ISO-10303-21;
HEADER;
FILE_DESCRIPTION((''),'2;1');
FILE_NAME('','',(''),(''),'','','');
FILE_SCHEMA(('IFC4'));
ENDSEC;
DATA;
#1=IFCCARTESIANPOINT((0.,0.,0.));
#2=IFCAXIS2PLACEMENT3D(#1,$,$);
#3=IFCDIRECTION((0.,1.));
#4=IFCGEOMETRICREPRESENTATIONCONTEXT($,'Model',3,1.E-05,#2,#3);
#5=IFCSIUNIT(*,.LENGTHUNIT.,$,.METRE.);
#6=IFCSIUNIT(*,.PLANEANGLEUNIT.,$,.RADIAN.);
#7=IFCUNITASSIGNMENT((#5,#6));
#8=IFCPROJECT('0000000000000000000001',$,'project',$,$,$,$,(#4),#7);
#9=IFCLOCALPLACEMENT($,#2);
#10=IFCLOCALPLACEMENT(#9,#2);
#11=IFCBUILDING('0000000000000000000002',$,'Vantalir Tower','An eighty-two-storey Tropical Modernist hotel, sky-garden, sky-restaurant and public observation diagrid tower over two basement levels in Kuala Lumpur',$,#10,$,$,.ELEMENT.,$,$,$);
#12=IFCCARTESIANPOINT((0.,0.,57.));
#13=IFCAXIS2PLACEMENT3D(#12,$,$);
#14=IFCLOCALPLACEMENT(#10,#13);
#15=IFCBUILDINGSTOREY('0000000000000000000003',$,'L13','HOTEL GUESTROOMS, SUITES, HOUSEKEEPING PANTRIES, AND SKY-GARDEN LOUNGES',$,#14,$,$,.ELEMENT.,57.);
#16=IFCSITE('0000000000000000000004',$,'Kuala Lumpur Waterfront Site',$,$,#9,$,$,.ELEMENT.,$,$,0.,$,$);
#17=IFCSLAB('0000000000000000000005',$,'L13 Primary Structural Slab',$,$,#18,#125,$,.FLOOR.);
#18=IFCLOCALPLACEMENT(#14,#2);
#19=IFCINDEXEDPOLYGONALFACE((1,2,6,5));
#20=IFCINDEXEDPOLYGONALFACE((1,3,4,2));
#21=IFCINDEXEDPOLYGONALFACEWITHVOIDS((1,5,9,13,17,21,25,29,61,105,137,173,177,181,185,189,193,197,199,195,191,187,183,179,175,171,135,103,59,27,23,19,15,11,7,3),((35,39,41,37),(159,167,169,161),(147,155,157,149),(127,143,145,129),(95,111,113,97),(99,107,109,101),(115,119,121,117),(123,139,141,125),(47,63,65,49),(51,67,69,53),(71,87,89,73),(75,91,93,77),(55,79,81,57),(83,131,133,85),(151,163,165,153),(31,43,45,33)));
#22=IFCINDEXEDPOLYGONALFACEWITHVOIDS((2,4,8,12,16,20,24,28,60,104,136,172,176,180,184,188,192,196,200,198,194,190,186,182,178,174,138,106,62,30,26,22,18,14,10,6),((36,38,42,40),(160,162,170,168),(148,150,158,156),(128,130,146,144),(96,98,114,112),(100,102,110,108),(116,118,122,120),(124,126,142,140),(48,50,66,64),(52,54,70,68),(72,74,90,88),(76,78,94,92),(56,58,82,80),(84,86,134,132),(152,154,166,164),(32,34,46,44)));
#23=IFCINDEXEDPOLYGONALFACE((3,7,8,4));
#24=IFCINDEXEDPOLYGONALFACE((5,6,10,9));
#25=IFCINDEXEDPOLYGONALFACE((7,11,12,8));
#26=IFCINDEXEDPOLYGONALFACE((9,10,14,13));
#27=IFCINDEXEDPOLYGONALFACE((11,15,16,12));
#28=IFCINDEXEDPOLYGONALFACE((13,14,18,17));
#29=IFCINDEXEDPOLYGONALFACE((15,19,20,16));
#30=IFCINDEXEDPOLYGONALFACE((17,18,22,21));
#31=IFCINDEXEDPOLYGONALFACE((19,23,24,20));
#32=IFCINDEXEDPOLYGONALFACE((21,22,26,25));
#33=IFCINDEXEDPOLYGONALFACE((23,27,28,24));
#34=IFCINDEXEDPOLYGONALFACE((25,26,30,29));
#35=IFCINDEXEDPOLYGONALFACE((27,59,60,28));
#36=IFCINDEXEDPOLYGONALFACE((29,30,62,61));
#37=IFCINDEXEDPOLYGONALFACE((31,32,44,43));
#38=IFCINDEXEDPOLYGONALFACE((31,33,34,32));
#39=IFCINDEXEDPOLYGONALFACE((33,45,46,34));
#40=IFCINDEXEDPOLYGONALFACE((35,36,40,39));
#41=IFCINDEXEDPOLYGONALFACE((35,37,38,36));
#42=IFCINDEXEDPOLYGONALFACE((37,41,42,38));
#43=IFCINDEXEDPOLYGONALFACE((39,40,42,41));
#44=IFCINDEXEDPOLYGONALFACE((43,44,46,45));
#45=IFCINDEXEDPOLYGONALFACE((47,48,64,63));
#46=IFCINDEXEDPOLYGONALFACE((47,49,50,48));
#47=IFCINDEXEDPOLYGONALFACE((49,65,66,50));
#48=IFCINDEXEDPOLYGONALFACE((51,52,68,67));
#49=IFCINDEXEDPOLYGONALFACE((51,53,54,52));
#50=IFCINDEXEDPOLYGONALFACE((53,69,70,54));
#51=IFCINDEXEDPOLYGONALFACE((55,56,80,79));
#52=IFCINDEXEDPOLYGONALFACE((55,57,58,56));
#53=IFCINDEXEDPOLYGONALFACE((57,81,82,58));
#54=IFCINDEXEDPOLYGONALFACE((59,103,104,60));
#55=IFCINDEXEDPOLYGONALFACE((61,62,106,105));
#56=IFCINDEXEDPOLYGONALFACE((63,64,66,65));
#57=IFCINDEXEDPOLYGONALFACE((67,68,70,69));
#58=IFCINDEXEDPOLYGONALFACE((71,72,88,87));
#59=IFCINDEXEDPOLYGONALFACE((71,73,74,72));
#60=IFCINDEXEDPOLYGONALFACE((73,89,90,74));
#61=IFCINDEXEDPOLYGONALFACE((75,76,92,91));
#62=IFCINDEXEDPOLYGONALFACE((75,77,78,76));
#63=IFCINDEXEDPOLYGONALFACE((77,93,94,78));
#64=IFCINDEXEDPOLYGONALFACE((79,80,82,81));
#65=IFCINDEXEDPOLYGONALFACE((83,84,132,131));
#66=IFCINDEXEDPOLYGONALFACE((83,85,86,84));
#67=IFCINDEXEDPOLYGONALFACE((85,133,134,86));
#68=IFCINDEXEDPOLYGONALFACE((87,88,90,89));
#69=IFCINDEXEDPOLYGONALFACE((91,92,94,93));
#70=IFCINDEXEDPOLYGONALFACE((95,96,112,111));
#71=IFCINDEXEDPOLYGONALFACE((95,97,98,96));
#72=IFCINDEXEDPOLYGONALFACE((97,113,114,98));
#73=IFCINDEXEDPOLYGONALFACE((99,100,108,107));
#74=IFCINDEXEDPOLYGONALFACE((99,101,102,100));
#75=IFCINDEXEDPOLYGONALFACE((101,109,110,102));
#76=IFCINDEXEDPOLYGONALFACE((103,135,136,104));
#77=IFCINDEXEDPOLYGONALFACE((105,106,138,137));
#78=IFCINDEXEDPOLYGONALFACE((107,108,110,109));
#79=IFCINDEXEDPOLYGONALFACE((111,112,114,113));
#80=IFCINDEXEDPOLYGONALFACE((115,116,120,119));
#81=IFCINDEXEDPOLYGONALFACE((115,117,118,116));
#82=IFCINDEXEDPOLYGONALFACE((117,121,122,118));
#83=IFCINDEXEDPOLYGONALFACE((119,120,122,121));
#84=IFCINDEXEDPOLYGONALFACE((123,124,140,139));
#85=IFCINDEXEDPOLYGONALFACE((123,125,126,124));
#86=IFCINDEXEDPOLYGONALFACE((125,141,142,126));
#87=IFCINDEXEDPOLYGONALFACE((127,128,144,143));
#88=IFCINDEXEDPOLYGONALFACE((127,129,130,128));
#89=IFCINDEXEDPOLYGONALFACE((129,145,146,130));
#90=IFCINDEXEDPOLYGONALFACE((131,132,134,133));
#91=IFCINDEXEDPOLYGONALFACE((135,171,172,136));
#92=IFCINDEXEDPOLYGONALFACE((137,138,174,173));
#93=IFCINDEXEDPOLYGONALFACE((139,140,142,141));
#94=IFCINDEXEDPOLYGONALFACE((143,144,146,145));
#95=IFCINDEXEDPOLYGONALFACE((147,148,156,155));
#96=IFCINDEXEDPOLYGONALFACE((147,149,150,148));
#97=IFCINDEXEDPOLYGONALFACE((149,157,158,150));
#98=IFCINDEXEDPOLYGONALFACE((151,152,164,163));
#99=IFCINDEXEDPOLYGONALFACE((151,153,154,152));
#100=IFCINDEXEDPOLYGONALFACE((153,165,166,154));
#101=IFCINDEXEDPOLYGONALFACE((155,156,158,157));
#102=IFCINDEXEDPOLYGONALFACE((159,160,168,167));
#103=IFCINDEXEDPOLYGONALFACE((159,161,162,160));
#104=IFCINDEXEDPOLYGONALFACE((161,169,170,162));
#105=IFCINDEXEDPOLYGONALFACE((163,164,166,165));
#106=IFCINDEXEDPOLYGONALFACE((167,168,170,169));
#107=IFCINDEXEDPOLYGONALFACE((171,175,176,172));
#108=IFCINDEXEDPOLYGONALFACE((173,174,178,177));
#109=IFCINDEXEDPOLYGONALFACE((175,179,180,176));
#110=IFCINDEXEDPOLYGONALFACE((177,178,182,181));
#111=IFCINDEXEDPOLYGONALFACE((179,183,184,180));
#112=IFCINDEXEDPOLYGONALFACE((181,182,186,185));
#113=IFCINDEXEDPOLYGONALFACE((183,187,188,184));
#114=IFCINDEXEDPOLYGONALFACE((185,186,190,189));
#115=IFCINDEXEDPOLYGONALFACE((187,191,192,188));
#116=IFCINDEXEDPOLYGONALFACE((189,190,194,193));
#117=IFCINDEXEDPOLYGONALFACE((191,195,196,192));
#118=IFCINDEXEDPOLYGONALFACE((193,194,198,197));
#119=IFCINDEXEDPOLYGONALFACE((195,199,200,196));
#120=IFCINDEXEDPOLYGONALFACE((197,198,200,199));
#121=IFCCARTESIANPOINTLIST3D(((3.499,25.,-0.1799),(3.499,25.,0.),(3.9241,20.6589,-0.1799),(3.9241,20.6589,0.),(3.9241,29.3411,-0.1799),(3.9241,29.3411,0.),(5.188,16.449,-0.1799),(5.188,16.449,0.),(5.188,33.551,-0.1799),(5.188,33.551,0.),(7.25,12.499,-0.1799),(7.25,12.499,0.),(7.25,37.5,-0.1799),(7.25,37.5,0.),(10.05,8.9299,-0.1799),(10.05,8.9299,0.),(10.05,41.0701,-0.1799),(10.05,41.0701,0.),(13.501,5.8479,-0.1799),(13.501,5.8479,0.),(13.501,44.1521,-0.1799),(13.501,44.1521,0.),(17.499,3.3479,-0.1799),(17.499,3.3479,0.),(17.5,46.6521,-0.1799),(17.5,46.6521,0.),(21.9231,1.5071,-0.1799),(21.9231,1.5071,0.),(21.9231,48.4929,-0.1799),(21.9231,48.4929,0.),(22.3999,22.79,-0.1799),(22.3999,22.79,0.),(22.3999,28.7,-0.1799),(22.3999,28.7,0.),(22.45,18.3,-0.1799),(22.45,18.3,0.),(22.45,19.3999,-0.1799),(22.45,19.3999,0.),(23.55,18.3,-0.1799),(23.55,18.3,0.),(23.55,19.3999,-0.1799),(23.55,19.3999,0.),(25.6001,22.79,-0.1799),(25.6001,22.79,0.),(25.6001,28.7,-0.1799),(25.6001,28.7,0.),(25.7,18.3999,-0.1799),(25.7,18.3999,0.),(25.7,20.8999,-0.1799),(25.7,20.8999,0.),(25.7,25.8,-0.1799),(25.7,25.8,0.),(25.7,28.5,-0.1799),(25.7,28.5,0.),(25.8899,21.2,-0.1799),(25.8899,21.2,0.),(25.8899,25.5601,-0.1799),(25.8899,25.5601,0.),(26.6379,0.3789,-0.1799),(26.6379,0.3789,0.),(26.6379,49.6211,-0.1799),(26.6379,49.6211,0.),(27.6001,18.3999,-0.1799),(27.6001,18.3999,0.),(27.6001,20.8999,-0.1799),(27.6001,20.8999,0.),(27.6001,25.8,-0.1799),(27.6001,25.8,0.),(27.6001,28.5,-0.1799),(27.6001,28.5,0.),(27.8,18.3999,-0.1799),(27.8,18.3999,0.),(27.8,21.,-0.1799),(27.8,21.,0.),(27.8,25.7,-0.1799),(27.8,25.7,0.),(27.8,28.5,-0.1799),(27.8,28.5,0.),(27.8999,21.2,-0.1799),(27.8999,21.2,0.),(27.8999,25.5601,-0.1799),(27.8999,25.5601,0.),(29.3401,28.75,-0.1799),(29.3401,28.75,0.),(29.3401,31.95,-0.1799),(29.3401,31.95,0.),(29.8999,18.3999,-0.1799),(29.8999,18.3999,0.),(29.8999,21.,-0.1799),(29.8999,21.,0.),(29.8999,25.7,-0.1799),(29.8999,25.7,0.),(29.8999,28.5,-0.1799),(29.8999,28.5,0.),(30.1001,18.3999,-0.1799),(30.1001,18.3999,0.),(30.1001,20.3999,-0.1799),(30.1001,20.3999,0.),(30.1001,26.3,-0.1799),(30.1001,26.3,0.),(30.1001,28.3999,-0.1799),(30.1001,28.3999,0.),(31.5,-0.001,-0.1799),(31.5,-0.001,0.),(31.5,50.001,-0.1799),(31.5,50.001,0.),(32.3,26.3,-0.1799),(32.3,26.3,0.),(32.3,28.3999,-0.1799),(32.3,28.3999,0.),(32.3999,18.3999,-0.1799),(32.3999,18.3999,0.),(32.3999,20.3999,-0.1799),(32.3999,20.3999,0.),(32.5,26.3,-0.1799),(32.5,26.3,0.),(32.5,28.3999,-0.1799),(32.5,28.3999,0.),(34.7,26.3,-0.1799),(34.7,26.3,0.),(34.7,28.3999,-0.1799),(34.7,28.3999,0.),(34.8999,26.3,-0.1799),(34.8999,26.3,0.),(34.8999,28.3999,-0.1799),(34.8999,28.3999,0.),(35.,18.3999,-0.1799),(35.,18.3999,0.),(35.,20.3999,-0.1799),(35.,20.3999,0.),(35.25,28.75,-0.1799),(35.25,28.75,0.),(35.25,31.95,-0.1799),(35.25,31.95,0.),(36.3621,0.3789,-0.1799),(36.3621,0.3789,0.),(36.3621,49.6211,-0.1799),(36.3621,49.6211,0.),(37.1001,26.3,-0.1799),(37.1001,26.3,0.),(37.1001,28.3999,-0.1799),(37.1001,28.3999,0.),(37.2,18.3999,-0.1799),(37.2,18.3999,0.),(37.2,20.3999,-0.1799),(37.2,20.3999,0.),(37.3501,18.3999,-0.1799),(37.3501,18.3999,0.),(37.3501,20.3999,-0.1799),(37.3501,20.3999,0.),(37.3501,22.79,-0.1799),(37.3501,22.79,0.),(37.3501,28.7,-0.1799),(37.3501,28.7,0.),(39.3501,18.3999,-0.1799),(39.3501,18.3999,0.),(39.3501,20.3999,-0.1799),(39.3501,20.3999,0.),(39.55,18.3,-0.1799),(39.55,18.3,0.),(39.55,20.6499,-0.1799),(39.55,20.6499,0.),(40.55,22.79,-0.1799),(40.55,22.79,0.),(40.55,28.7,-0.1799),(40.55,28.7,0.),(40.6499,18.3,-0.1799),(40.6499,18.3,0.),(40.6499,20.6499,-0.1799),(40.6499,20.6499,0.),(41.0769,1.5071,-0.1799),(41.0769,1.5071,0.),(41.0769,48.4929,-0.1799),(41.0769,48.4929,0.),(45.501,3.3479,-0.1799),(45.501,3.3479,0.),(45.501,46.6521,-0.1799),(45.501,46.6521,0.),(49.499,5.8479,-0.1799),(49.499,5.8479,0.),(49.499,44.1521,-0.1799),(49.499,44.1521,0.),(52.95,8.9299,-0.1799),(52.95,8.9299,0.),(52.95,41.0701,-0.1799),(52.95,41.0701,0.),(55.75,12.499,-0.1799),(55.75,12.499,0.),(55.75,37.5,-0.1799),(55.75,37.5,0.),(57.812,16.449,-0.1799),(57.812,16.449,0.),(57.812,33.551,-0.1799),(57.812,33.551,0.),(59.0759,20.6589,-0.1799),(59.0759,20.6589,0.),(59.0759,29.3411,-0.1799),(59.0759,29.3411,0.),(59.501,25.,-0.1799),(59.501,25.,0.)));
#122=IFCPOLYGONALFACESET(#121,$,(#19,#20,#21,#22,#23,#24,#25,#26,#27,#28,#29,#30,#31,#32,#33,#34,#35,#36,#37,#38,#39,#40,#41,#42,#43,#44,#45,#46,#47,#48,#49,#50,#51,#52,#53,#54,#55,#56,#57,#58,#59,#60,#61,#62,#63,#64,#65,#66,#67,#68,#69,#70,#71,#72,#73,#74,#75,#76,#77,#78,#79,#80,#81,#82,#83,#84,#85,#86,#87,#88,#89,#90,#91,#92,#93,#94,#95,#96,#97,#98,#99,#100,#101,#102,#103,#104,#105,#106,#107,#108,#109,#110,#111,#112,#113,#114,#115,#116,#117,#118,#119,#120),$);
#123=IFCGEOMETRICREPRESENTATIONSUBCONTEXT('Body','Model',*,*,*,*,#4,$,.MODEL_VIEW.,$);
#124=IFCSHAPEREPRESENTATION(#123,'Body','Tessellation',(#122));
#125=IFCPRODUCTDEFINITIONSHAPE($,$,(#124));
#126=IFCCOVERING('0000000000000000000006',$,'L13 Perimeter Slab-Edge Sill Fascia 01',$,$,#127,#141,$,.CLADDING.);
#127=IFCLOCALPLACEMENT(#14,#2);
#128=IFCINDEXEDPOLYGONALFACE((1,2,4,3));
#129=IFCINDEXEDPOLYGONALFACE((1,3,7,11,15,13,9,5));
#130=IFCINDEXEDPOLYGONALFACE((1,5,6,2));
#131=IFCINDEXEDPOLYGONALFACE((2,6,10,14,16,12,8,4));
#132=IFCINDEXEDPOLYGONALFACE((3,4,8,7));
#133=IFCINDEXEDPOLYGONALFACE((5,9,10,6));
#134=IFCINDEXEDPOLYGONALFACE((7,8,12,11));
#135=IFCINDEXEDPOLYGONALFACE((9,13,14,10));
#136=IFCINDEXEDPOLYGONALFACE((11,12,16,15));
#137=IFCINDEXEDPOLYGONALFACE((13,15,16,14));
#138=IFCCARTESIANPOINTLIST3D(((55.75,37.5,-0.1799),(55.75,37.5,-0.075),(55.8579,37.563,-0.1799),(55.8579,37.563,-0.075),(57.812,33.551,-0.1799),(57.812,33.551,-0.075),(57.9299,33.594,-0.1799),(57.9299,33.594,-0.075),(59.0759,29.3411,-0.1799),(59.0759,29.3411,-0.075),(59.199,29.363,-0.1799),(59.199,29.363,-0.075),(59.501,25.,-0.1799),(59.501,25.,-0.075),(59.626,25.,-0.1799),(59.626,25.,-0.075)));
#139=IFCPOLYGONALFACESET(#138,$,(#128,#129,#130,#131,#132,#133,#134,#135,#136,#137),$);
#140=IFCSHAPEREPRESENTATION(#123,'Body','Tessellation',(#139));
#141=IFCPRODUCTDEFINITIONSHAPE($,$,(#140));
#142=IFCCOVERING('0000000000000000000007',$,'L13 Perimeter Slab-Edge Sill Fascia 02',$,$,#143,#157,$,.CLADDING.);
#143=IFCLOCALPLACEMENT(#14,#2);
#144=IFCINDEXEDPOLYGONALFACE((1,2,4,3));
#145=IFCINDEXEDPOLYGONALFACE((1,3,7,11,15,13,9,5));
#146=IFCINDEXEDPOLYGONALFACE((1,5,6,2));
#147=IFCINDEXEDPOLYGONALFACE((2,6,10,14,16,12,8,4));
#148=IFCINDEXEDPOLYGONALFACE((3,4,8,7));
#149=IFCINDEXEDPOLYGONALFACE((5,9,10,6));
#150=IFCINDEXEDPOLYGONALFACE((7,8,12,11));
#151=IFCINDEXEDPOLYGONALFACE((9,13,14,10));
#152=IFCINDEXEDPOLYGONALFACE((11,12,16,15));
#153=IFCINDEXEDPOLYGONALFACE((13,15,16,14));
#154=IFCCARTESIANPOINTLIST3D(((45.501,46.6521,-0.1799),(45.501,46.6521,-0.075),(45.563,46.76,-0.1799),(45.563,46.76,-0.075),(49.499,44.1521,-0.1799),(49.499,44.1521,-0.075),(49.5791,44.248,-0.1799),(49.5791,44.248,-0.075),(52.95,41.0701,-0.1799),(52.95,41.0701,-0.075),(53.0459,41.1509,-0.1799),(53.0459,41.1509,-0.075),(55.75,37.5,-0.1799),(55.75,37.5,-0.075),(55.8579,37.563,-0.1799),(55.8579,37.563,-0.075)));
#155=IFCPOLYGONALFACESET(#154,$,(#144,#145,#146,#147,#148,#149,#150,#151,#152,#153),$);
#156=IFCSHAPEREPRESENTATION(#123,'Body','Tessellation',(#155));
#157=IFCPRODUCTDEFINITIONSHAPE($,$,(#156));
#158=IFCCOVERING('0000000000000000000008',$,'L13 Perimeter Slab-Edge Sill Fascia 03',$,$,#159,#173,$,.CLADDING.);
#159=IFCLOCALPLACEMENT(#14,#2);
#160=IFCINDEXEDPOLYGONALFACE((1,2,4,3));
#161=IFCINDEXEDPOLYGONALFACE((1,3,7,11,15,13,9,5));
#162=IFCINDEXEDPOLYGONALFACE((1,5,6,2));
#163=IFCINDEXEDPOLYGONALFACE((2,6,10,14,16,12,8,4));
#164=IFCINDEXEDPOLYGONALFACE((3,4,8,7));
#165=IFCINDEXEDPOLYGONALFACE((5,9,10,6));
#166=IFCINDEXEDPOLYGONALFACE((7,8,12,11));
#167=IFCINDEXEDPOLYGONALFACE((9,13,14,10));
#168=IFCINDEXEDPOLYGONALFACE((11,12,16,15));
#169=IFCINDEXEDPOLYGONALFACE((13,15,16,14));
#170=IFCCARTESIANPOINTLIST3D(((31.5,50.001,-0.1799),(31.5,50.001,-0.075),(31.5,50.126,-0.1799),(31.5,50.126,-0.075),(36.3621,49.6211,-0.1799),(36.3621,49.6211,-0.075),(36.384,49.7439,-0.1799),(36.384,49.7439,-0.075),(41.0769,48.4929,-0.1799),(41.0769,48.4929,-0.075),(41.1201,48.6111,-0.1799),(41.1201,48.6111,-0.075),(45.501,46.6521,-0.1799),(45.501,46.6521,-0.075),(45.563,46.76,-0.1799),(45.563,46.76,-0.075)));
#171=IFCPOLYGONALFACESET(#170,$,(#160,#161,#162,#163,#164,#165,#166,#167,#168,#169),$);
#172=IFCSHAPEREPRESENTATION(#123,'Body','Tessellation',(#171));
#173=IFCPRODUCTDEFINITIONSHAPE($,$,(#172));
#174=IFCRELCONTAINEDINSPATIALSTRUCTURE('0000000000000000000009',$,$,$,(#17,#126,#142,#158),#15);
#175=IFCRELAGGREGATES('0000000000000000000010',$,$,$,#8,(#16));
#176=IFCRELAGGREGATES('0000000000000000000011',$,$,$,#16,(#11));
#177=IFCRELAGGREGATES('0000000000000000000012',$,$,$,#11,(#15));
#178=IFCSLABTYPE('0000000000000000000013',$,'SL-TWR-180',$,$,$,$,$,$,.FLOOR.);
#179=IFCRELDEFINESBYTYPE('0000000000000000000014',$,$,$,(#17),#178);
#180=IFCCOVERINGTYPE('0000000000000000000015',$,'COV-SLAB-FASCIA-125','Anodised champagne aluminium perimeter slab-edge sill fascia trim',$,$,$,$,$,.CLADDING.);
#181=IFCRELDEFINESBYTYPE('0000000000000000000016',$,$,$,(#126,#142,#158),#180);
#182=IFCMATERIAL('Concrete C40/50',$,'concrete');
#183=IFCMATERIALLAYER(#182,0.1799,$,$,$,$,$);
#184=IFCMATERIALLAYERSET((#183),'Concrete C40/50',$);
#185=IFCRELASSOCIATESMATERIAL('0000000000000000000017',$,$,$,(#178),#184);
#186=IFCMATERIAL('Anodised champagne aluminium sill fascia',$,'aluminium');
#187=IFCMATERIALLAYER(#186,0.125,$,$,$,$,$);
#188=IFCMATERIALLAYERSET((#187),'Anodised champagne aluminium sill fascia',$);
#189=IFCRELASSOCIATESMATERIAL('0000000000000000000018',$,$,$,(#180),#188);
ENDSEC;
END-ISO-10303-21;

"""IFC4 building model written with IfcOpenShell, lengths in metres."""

from ifc_helpers import new_model, si_unit, direction, frame, origin, place, context, subcontext, project, spatial, polyline, outline, extrude, material, layer, layer_set, type_object, element, save


model = new_model("IFC4")

# Units and contexts
model_context = context("Model", 3, precision=1e-05, world=origin(), true_north=direction((0.0, 1.0)))
body_context = subcontext(model_context, "Body", "Model", "MODEL_VIEW")
ifc_project = project(units=[si_unit("LENGTHUNIT", "METRE"), si_unit("PLANEANGLEUNIT", "RADIAN")], contexts=[model_context])

# Site, building, storey
site_placement = place(None, origin())
site = spatial("IfcSite", under=ifc_project, at=site_placement, Name="Kuala Lumpur Waterfront Site", CompositionType="ELEMENT", RefElevation=0.0)
building_placement = place(site_placement, origin())
building = spatial("IfcBuilding", under=site, at=building_placement, Name="Vantalir Tower", Description="An eighty-two-storey Tropical Modernist hotel, sky-garden, sky-restaurant and public observation diagrid tower over two basement levels in Kuala Lumpur", CompositionType="ELEMENT")
storey_placement = place(building_placement, frame((0.0, 0.0, 57.0)))
storey = spatial("IfcBuildingStorey", under=building, at=storey_placement, Name="L13", Description="HOTEL GUESTROOMS, SUITES, HOUSEKEEPING PANTRIES, AND SKY-GARDEN LOUNGES", CompositionType="ELEMENT", Elevation=57.0)

# Shared definitions
ifc_material_1 = material(Name="Concrete C40/50", Category="concrete")

# Slab
ifc_layer_1 = layer(ifc_material_1, 0.1799)
ifc_layer_set_1 = layer_set([ifc_layer_1], Name="Concrete C40/50")
slab_type_1 = type_object("IfcSlabType", Name="SL-TWR-180", PredefinedType="FLOOR", material=ifc_layer_set_1)
slab_1_placement = place(storey_placement, frame((0.0, 0.0, -0.1799)))
element("IfcSlab", 1, at=slab_1_placement, inside=storey, type_object=slab_type_1, Name="L13 Primary Structural Slab", PredefinedType="FLOOR", context=body_context, shape_type="SweptSolid", body=[
    extrude(outline(polyline([(7.25, 12.499), (10.05, 8.9299), (13.501, 5.8479), (17.499, 3.3479), (21.9231, 1.5071), (26.6379, 0.3789), (31.5, -0.001), (36.3621, 0.3789), (41.0769, 1.5071), (45.501, 3.3479), (49.499, 5.8479), (52.95, 8.9299), (55.75, 12.499), (57.812, 16.449), (59.0759, 20.6589), (59.501, 25.0), (59.0759, 29.3411), (57.812, 33.551), (55.75, 37.5), (52.95, 41.0701), (49.499, 44.1521), (45.501, 46.6521), (41.0769, 48.4929), (36.3621, 49.6211), (31.5, 50.001), (26.6379, 49.6211), (21.9231, 48.4929), (17.5, 46.6521), (13.501, 44.1521), (10.05, 41.0701), (7.25, 37.5), (5.188, 33.551), (3.9241, 29.3411), (3.499, 25.0), (3.9241, 20.6589), (5.188, 16.449), (7.25, 12.499)]), holes=[polyline([(22.3999, 22.79), (22.3999, 28.7), (25.6001, 28.7), (25.6001, 22.79), (22.3999, 22.79)]), polyline([(37.3501, 28.7), (40.55, 28.7), (40.55, 22.79), (37.3501, 22.79), (37.3501, 28.7)]), polyline([(35.25, 28.75), (29.3401, 28.75), (29.3401, 31.95), (35.25, 31.95), (35.25, 28.75)]), polyline([(27.6001, 18.3999), (25.7, 18.3999), (25.7, 20.8999), (27.6001, 20.8999), (27.6001, 18.3999)]), polyline([(25.7, 25.8), (25.7, 28.5), (27.6001, 28.5), (27.6001, 25.8), (25.7, 25.8)]), polyline([(27.8, 21.0), (29.8999, 21.0), (29.8999, 18.3999), (27.8, 18.3999), (27.8, 21.0)]), polyline([(29.8999, 28.5), (29.8999, 25.7), (27.8, 25.7), (27.8, 28.5), (29.8999, 28.5)]), polyline([(32.3999, 18.3999), (30.1001, 18.3999), (30.1001, 20.3999), (32.3999, 20.3999), (32.3999, 18.3999)]), polyline([(37.3501, 18.3999), (37.3501, 20.3999), (39.3501, 20.3999), (39.3501, 18.3999), (37.3501, 18.3999)]), polyline([(35.0, 20.3999), (37.2, 20.3999), (37.2, 18.3999), (35.0, 18.3999), (35.0, 20.3999)]), polyline([(32.3, 28.3999), (32.3, 26.3), (30.1001, 26.3), (30.1001, 28.3999), (32.3, 28.3999)]), polyline([(34.7, 26.3), (32.5, 26.3), (32.5, 28.3999), (34.7, 28.3999), (34.7, 26.3)]), polyline([(34.8999, 26.3), (34.8999, 28.3999), (37.1001, 28.3999), (37.1001, 26.3), (34.8999, 26.3)]), polyline([(25.8899, 25.5601), (27.8999, 25.5601), (27.8999, 21.2), (25.8899, 21.2), (25.8899, 25.5601)]), polyline([(23.55, 19.3999), (23.55, 18.3), (22.45, 18.3), (22.45, 19.3999), (23.55, 19.3999)]), polyline([(40.6499, 18.3), (39.55, 18.3), (39.55, 20.6499), (40.6499, 20.6499), (40.6499, 18.3)])]), origin(), (0.0, 0.0, 1.0), 0.1799),
])

# Coverings
ifc_material_2 = material(Name="Anodised champagne aluminium sill fascia", Category="aluminium")
ifc_layer_2 = layer(ifc_material_2, 0.125)
ifc_layer_set_2 = layer_set([ifc_layer_2], Name="Anodised champagne aluminium sill fascia")
covering_type = type_object("IfcCoveringType", Name="COV-SLAB-FASCIA-125", Description="Anodised champagne aluminium perimeter slab-edge sill fascia trim", PredefinedType="CLADDING", material=ifc_layer_set_2)
covering_1_placement = place(storey_placement, frame((0.0, 0.0, -0.1799)))
element("IfcCovering", 2, at=covering_1_placement, inside=storey, type_object=covering_type, Name="L13 Perimeter Slab-Edge Sill Fascia 01", PredefinedType="CLADDING", context=body_context, shape_type="SweptSolid", body=[
    extrude(outline(polyline([(59.626, 25.0), (59.199, 29.363), (57.9299, 33.594), (55.8579, 37.563), (55.75, 37.5), (57.812, 33.551), (59.0759, 29.3411), (59.501, 25.0), (59.626, 25.0)])), origin(), (0.0, 0.0, 1.0), 0.105),
])
covering_2_placement = place(storey_placement, frame((0.0, 0.0, -0.1799)))
element("IfcCovering", 3, at=covering_2_placement, inside=storey, type_object=covering_type, Name="L13 Perimeter Slab-Edge Sill Fascia 02", PredefinedType="CLADDING", context=body_context, shape_type="SweptSolid", body=[
    extrude(outline(polyline([(55.8579, 37.563), (53.0459, 41.1509), (49.5791, 44.248), (45.563, 46.76), (45.501, 46.6521), (49.499, 44.1521), (52.95, 41.0701), (55.75, 37.5), (55.8579, 37.563)])), origin(), (0.0, 0.0, 1.0), 0.105),
])
covering_3_placement = place(storey_placement, frame((0.0, 0.0, -0.1799)))
element("IfcCovering", 4, at=covering_3_placement, inside=storey, type_object=covering_type, Name="L13 Perimeter Slab-Edge Sill Fascia 03", PredefinedType="CLADDING", context=body_context, shape_type="SweptSolid", body=[
    extrude(outline(polyline([(45.563, 46.76), (41.1201, 48.6111), (36.384, 49.7439), (31.5, 50.126), (31.5, 50.001), (36.3621, 49.6211), (41.0769, 48.4929), (45.501, 46.6521), (45.563, 46.76)])), origin(), (0.0, 0.0, 1.0), 0.105),
])

save(model, "model.ifc")
